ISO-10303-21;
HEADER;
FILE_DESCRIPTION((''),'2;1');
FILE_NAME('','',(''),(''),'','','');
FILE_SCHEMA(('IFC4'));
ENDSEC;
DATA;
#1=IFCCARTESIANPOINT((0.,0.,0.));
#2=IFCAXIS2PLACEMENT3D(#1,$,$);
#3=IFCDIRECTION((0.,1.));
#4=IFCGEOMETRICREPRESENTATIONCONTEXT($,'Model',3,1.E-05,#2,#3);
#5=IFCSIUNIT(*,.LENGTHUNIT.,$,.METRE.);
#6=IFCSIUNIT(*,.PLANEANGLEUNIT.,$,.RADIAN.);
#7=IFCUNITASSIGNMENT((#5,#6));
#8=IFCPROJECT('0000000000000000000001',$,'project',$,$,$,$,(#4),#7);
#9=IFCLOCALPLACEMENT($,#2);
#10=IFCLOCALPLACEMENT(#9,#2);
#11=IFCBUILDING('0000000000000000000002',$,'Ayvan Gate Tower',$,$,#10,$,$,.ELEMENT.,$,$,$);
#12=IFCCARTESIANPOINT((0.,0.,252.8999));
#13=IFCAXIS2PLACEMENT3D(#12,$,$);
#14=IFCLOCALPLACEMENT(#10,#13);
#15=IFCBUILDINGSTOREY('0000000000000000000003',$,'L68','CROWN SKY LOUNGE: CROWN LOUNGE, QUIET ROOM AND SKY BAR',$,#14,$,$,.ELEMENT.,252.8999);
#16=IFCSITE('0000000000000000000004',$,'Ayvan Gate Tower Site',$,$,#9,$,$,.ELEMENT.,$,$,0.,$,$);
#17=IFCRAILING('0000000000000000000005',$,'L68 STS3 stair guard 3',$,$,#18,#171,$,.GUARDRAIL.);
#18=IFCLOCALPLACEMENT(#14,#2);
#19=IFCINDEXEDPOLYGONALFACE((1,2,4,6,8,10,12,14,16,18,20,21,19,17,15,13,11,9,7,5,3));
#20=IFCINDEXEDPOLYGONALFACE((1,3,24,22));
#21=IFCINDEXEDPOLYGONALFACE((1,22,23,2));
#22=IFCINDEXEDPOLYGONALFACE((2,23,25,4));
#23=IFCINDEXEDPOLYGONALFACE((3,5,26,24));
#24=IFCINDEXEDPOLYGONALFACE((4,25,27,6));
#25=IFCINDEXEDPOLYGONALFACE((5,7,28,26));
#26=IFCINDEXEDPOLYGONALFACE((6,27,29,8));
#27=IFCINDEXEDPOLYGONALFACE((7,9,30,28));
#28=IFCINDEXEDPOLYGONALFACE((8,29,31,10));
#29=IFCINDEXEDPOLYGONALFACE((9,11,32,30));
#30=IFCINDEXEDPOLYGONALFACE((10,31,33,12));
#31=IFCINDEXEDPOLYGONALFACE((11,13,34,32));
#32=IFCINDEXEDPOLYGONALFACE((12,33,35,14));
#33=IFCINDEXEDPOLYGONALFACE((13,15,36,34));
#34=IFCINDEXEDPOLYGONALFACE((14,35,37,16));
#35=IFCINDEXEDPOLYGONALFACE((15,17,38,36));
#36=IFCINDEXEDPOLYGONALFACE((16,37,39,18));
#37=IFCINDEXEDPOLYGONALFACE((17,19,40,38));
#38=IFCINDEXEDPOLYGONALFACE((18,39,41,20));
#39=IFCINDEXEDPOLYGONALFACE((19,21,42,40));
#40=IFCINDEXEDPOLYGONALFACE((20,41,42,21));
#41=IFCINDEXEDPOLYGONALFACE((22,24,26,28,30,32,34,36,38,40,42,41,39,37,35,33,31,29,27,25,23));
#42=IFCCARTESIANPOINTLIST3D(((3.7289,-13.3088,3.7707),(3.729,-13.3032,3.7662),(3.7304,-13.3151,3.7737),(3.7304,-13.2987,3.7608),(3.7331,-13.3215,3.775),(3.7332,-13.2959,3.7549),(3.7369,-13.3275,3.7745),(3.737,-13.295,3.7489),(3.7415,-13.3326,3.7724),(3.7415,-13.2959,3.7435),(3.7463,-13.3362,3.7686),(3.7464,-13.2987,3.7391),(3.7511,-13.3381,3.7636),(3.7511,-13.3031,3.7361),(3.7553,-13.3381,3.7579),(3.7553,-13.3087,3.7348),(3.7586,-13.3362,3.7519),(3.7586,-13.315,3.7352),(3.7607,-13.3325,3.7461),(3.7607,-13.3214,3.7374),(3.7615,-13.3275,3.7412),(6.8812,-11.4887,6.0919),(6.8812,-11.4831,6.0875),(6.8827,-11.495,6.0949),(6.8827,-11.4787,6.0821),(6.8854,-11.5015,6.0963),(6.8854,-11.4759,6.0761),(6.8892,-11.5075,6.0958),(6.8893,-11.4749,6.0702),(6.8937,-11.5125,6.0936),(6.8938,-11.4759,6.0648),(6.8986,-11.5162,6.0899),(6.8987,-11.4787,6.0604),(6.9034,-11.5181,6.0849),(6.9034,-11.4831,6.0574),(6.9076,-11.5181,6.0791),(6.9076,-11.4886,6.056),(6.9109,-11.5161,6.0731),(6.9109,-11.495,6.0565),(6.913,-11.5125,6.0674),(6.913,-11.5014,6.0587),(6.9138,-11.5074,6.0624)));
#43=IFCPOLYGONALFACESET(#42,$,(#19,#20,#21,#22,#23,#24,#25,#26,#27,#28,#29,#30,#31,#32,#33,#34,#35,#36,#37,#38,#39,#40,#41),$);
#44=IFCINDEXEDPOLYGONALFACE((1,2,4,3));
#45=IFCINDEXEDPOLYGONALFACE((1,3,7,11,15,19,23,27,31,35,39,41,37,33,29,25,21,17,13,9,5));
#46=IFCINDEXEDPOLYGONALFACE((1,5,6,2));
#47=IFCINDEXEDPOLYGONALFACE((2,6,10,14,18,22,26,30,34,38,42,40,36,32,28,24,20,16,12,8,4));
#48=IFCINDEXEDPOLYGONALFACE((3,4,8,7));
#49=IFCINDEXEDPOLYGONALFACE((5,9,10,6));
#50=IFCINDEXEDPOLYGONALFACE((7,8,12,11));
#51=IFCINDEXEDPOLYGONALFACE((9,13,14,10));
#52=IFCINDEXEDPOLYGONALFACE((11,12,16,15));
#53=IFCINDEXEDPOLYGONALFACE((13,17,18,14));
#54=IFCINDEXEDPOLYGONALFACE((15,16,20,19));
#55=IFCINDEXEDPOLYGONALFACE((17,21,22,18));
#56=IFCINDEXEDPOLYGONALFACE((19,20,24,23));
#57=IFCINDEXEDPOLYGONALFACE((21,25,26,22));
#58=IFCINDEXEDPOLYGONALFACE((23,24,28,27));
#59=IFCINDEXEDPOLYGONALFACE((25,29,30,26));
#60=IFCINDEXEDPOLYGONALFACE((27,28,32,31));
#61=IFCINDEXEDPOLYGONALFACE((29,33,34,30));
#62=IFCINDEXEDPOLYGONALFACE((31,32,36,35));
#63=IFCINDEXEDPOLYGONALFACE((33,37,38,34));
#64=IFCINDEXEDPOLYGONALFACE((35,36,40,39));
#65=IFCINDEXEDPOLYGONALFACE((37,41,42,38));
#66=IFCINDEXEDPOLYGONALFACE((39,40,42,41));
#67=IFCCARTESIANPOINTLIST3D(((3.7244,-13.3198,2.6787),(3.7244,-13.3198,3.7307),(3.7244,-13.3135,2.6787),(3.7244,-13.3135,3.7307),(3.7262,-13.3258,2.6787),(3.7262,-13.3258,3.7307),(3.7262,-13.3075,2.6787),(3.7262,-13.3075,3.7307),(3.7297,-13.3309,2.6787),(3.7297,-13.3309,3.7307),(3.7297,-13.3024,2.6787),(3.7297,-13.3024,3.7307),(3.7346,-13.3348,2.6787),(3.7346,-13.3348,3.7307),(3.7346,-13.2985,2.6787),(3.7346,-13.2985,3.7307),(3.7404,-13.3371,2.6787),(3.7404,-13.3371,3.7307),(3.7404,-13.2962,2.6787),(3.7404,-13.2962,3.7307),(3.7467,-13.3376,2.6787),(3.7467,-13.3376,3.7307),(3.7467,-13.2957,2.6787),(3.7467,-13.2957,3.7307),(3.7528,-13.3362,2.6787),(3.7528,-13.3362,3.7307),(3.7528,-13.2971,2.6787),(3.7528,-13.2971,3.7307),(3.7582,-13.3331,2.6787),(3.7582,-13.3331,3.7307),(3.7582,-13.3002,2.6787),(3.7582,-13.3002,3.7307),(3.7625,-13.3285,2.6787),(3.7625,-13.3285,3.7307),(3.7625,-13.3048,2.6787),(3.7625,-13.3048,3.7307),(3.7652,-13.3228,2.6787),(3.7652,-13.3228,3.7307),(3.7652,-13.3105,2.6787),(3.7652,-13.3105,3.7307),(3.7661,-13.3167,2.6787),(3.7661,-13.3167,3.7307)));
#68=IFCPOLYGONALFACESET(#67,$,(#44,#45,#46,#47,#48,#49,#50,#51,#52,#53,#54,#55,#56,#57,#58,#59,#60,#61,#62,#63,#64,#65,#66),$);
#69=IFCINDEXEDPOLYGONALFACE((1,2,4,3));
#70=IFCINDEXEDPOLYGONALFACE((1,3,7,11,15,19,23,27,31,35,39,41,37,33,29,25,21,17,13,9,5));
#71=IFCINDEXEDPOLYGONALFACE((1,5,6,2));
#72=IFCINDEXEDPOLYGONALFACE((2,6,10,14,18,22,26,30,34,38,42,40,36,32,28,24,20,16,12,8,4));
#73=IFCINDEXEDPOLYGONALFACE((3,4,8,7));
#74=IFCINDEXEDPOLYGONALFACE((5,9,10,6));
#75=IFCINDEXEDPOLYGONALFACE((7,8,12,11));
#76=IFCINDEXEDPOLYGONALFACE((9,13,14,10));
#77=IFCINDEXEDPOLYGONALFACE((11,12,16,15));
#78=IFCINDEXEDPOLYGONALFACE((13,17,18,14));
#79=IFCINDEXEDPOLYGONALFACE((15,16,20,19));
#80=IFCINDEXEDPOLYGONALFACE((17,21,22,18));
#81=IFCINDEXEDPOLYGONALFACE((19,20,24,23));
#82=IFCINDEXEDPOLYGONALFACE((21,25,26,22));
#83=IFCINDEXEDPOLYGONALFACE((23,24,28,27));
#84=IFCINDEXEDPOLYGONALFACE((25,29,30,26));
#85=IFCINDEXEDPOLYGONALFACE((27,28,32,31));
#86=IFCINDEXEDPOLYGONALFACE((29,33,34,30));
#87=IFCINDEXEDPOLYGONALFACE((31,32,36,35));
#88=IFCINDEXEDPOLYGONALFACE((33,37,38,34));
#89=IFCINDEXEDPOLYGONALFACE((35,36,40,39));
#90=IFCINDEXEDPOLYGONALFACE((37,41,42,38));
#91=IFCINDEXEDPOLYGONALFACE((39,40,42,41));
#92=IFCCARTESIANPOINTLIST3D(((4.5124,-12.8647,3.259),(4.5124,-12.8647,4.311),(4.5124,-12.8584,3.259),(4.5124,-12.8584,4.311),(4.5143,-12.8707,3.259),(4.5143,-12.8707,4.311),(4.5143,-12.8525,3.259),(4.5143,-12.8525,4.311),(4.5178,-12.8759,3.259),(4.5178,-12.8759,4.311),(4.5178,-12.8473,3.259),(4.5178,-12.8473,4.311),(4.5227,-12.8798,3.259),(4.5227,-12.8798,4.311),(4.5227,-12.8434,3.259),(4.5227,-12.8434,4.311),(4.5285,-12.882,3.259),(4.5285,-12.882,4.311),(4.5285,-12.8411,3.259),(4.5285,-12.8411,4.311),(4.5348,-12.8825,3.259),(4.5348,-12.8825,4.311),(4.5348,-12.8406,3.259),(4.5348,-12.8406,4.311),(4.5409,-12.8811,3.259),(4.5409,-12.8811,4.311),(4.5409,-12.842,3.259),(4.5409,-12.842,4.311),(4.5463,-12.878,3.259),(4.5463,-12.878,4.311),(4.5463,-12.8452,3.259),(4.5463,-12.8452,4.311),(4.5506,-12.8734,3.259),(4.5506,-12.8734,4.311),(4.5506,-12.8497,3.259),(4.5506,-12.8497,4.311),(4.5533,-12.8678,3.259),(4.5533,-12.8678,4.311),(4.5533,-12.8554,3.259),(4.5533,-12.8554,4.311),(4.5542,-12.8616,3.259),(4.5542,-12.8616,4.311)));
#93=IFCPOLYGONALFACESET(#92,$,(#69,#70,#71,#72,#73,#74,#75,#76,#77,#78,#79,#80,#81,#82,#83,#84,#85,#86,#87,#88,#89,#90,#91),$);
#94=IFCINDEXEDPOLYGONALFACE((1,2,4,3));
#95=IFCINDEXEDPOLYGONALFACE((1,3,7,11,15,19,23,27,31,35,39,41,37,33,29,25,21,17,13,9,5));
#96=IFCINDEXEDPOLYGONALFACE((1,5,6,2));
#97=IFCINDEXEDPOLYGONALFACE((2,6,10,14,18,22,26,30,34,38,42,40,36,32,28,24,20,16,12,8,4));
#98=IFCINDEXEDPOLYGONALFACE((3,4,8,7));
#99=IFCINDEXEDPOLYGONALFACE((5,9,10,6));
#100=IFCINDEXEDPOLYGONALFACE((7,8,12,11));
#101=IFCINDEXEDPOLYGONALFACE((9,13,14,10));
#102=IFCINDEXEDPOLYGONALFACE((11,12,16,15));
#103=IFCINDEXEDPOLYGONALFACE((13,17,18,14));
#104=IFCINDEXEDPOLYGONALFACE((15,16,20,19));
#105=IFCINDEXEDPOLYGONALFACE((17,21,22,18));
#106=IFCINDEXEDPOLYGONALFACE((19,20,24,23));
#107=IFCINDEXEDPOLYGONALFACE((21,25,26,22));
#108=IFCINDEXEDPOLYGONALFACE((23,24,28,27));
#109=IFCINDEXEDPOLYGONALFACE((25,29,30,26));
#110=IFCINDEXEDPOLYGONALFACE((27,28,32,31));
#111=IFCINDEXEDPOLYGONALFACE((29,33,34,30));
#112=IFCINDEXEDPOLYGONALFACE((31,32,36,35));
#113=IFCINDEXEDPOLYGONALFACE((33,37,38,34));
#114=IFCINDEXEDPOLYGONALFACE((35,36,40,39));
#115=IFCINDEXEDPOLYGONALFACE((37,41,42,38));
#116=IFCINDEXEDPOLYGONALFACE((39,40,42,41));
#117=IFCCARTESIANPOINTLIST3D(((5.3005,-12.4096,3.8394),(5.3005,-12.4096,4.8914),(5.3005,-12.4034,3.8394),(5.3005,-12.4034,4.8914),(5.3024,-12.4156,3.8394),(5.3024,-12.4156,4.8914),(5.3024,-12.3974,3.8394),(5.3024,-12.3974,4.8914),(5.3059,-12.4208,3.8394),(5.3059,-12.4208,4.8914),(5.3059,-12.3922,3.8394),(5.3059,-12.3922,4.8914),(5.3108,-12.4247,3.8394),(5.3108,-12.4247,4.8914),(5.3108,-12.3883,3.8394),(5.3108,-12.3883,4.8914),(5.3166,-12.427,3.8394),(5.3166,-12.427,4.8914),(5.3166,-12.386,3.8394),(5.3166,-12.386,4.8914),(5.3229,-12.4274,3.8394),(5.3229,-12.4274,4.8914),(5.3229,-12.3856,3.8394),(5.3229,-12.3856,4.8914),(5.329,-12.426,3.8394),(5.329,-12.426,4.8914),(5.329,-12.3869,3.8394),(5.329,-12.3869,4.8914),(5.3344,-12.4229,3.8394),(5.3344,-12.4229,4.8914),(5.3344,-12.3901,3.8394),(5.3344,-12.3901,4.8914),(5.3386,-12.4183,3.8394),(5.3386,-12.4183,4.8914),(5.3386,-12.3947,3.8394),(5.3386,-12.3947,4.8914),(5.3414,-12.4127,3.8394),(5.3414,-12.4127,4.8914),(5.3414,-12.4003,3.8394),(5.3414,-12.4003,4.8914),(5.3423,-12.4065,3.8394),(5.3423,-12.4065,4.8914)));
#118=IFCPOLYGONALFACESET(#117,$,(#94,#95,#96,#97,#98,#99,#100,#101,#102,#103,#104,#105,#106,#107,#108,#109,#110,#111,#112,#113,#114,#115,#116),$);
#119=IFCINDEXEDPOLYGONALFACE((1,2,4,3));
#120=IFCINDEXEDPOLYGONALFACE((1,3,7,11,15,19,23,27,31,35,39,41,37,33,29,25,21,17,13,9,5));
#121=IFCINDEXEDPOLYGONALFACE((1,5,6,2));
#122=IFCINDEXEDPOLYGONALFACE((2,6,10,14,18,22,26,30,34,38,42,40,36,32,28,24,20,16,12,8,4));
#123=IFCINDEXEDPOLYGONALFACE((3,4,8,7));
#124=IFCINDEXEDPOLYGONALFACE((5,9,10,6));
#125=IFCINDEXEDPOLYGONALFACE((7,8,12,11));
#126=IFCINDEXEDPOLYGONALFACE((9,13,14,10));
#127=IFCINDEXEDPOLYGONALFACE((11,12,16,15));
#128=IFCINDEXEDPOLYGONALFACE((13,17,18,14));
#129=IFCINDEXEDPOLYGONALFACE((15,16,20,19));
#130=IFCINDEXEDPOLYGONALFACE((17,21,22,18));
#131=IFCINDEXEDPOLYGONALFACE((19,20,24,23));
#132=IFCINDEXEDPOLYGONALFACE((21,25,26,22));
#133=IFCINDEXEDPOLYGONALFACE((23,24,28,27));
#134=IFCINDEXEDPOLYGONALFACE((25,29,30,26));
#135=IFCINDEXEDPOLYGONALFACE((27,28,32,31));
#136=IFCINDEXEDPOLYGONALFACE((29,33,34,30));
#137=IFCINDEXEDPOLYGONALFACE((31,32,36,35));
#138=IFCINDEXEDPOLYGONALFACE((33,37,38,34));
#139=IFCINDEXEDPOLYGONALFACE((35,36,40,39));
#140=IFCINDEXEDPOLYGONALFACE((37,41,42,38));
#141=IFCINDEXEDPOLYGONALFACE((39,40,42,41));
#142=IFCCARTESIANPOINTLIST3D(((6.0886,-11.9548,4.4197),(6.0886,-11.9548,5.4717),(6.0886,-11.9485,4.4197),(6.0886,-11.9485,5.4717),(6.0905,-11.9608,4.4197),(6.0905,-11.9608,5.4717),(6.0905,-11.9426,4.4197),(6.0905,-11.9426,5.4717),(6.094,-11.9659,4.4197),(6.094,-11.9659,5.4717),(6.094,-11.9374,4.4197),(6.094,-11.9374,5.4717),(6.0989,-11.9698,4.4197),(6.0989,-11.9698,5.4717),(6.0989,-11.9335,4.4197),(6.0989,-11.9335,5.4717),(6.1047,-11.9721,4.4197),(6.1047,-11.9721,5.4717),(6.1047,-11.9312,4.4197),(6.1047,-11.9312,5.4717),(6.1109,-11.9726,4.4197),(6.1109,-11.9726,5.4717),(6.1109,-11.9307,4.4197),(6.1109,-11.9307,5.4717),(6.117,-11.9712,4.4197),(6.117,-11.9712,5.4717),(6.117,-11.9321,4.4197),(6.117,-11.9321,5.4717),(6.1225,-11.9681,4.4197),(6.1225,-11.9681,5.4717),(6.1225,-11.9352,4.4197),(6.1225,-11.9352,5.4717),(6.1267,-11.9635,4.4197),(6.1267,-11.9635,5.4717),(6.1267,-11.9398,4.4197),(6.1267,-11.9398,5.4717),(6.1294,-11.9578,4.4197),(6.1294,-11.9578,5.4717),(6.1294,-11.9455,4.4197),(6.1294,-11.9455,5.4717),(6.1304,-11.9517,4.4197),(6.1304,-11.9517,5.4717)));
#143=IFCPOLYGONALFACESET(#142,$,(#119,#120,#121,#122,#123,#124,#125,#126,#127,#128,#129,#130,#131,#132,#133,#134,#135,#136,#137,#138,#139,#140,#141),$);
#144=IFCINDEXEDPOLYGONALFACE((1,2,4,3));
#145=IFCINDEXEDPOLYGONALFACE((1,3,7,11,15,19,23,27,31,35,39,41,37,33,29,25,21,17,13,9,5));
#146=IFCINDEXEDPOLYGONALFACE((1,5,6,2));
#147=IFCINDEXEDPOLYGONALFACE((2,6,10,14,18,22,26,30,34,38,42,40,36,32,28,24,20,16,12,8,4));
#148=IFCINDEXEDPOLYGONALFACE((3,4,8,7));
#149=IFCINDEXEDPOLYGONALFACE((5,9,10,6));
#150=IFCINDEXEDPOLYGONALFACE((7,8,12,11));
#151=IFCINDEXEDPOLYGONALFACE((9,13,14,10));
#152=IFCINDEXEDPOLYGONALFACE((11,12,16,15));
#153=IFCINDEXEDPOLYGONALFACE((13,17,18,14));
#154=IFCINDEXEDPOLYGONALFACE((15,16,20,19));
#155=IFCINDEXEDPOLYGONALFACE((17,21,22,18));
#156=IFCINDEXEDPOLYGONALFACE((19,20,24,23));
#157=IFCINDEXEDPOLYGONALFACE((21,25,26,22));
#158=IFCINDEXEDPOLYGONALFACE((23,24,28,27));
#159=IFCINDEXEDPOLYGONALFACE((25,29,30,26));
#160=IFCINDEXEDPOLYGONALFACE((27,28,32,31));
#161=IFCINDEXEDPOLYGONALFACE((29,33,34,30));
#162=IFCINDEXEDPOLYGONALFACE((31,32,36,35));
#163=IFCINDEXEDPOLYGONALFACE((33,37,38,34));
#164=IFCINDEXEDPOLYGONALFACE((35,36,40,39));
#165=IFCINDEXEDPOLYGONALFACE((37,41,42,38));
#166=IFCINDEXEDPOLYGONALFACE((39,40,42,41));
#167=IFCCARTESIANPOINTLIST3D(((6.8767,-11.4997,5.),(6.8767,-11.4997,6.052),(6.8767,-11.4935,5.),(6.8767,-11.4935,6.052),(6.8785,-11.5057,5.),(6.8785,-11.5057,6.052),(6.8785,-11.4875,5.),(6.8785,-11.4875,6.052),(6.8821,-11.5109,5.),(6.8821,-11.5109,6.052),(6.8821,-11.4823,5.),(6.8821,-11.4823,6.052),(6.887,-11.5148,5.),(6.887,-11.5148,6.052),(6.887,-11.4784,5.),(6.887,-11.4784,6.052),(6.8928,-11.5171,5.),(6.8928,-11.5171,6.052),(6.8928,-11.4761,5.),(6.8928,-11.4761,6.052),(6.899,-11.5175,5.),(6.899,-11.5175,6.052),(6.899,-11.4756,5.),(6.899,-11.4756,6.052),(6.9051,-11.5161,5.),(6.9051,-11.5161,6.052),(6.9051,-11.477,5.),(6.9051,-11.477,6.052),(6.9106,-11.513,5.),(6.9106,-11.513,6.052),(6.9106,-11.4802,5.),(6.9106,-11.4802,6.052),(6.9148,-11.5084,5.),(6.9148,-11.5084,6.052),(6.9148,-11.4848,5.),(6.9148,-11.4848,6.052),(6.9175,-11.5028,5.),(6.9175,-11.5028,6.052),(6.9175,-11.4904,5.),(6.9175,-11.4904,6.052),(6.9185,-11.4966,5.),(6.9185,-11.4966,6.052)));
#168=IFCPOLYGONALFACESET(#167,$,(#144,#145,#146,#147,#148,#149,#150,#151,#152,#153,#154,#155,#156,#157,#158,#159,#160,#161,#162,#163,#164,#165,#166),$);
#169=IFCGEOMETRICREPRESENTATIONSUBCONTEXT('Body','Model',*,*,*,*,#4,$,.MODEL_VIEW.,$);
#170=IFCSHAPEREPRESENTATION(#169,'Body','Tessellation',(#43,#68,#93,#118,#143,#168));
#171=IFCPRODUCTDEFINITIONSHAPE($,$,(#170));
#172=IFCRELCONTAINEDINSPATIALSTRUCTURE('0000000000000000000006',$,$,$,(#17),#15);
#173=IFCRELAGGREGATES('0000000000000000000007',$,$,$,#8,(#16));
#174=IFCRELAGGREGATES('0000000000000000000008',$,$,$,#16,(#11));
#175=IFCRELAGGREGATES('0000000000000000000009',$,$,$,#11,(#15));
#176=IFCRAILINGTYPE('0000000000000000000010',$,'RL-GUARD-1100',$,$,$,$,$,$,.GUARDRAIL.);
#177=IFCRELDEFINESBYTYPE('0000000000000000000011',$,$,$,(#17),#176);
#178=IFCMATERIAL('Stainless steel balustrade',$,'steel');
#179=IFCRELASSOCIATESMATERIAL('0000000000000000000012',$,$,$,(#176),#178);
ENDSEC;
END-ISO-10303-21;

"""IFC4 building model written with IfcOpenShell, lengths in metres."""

from ifc_helpers import new_model, si_unit, direction, frame, origin, origin_2d, place, context, subcontext, project, spatial, circle, extrude, material, type_object, element, save


model = new_model("IFC4")

# Units and contexts
model_context = context("Model", 3, precision=1e-05, world=origin(), true_north=direction((0.0, 1.0)))
body_context = subcontext(model_context, "Body", "Model", "MODEL_VIEW")
ifc_project = project(units=[si_unit("LENGTHUNIT", "METRE"), si_unit("PLANEANGLEUNIT", "RADIAN")], contexts=[model_context])

# Site, building, storey
site_placement = place(None, origin())
site = spatial("IfcSite", under=ifc_project, at=site_placement, Name="Ayvan Gate Tower Site", CompositionType="ELEMENT", RefElevation=0.0)
building_placement = place(site_placement, origin())
building = spatial("IfcBuilding", under=site, at=building_placement, Name="Ayvan Gate Tower", CompositionType="ELEMENT")
storey_placement = place(building_placement, frame((0.0, 0.0, 252.8999)))
storey = spatial("IfcBuildingStorey", under=building, at=storey_placement, Name="L68", Description="CROWN SKY LOUNGE: CROWN LOUNGE, QUIET ROOM AND SKY BAR", CompositionType="ELEMENT", Elevation=252.8999)

# Railing
ifc_material_1 = material(Name="Stainless steel balustrade", Category="steel")
railing_type_1 = type_object("IfcRailingType", Name="RL-GUARD-1100", PredefinedType="GUARDRAIL", material=ifc_material_1)
railing_1_placement = place(storey_placement, frame((3.7451, -13.3167, 2.6787)))
element("IfcRailing", 1, at=railing_1_placement, inside=storey, type_object=railing_type_1, Name="L68 STS3 stair guard 3", PredefinedType="GUARDRAIL", context=body_context, shape_type="SweptSolid", body=[
    extrude(circle(Radius=0.0239, at=origin_2d()), frame((0.0, 0.0, 1.0762), z_axis=(0.730181, 0.421584, 0.537683), x_axis=(-0.500013, 0.866018, 0.0)), (0.0, 0.0, 1.0), 4.3171),
    extrude(circle(Radius=0.021, at=origin_2d()), origin(), (0.0, 0.0, 1.0), 1.052),
    extrude(circle(Radius=0.021, at=origin_2d()), frame((0.7881, 0.4551, 0.5803)), (0.0, 0.0, 1.0), 1.052),
    extrude(circle(Radius=0.021, at=origin_2d()), frame((1.5762, 0.9102, 1.1606)), (0.0, 0.0, 1.0), 1.052),
    extrude(circle(Radius=0.021, at=origin_2d()), frame((2.3643, 1.365, 1.741)), (0.0, 0.0, 1.0), 1.052),
    extrude(circle(Radius=0.021, at=origin_2d()), frame((3.1523, 1.8201, 2.3213)), (0.0, 0.0, 1.0), 1.052),
])

save(model, "model.ifc")
